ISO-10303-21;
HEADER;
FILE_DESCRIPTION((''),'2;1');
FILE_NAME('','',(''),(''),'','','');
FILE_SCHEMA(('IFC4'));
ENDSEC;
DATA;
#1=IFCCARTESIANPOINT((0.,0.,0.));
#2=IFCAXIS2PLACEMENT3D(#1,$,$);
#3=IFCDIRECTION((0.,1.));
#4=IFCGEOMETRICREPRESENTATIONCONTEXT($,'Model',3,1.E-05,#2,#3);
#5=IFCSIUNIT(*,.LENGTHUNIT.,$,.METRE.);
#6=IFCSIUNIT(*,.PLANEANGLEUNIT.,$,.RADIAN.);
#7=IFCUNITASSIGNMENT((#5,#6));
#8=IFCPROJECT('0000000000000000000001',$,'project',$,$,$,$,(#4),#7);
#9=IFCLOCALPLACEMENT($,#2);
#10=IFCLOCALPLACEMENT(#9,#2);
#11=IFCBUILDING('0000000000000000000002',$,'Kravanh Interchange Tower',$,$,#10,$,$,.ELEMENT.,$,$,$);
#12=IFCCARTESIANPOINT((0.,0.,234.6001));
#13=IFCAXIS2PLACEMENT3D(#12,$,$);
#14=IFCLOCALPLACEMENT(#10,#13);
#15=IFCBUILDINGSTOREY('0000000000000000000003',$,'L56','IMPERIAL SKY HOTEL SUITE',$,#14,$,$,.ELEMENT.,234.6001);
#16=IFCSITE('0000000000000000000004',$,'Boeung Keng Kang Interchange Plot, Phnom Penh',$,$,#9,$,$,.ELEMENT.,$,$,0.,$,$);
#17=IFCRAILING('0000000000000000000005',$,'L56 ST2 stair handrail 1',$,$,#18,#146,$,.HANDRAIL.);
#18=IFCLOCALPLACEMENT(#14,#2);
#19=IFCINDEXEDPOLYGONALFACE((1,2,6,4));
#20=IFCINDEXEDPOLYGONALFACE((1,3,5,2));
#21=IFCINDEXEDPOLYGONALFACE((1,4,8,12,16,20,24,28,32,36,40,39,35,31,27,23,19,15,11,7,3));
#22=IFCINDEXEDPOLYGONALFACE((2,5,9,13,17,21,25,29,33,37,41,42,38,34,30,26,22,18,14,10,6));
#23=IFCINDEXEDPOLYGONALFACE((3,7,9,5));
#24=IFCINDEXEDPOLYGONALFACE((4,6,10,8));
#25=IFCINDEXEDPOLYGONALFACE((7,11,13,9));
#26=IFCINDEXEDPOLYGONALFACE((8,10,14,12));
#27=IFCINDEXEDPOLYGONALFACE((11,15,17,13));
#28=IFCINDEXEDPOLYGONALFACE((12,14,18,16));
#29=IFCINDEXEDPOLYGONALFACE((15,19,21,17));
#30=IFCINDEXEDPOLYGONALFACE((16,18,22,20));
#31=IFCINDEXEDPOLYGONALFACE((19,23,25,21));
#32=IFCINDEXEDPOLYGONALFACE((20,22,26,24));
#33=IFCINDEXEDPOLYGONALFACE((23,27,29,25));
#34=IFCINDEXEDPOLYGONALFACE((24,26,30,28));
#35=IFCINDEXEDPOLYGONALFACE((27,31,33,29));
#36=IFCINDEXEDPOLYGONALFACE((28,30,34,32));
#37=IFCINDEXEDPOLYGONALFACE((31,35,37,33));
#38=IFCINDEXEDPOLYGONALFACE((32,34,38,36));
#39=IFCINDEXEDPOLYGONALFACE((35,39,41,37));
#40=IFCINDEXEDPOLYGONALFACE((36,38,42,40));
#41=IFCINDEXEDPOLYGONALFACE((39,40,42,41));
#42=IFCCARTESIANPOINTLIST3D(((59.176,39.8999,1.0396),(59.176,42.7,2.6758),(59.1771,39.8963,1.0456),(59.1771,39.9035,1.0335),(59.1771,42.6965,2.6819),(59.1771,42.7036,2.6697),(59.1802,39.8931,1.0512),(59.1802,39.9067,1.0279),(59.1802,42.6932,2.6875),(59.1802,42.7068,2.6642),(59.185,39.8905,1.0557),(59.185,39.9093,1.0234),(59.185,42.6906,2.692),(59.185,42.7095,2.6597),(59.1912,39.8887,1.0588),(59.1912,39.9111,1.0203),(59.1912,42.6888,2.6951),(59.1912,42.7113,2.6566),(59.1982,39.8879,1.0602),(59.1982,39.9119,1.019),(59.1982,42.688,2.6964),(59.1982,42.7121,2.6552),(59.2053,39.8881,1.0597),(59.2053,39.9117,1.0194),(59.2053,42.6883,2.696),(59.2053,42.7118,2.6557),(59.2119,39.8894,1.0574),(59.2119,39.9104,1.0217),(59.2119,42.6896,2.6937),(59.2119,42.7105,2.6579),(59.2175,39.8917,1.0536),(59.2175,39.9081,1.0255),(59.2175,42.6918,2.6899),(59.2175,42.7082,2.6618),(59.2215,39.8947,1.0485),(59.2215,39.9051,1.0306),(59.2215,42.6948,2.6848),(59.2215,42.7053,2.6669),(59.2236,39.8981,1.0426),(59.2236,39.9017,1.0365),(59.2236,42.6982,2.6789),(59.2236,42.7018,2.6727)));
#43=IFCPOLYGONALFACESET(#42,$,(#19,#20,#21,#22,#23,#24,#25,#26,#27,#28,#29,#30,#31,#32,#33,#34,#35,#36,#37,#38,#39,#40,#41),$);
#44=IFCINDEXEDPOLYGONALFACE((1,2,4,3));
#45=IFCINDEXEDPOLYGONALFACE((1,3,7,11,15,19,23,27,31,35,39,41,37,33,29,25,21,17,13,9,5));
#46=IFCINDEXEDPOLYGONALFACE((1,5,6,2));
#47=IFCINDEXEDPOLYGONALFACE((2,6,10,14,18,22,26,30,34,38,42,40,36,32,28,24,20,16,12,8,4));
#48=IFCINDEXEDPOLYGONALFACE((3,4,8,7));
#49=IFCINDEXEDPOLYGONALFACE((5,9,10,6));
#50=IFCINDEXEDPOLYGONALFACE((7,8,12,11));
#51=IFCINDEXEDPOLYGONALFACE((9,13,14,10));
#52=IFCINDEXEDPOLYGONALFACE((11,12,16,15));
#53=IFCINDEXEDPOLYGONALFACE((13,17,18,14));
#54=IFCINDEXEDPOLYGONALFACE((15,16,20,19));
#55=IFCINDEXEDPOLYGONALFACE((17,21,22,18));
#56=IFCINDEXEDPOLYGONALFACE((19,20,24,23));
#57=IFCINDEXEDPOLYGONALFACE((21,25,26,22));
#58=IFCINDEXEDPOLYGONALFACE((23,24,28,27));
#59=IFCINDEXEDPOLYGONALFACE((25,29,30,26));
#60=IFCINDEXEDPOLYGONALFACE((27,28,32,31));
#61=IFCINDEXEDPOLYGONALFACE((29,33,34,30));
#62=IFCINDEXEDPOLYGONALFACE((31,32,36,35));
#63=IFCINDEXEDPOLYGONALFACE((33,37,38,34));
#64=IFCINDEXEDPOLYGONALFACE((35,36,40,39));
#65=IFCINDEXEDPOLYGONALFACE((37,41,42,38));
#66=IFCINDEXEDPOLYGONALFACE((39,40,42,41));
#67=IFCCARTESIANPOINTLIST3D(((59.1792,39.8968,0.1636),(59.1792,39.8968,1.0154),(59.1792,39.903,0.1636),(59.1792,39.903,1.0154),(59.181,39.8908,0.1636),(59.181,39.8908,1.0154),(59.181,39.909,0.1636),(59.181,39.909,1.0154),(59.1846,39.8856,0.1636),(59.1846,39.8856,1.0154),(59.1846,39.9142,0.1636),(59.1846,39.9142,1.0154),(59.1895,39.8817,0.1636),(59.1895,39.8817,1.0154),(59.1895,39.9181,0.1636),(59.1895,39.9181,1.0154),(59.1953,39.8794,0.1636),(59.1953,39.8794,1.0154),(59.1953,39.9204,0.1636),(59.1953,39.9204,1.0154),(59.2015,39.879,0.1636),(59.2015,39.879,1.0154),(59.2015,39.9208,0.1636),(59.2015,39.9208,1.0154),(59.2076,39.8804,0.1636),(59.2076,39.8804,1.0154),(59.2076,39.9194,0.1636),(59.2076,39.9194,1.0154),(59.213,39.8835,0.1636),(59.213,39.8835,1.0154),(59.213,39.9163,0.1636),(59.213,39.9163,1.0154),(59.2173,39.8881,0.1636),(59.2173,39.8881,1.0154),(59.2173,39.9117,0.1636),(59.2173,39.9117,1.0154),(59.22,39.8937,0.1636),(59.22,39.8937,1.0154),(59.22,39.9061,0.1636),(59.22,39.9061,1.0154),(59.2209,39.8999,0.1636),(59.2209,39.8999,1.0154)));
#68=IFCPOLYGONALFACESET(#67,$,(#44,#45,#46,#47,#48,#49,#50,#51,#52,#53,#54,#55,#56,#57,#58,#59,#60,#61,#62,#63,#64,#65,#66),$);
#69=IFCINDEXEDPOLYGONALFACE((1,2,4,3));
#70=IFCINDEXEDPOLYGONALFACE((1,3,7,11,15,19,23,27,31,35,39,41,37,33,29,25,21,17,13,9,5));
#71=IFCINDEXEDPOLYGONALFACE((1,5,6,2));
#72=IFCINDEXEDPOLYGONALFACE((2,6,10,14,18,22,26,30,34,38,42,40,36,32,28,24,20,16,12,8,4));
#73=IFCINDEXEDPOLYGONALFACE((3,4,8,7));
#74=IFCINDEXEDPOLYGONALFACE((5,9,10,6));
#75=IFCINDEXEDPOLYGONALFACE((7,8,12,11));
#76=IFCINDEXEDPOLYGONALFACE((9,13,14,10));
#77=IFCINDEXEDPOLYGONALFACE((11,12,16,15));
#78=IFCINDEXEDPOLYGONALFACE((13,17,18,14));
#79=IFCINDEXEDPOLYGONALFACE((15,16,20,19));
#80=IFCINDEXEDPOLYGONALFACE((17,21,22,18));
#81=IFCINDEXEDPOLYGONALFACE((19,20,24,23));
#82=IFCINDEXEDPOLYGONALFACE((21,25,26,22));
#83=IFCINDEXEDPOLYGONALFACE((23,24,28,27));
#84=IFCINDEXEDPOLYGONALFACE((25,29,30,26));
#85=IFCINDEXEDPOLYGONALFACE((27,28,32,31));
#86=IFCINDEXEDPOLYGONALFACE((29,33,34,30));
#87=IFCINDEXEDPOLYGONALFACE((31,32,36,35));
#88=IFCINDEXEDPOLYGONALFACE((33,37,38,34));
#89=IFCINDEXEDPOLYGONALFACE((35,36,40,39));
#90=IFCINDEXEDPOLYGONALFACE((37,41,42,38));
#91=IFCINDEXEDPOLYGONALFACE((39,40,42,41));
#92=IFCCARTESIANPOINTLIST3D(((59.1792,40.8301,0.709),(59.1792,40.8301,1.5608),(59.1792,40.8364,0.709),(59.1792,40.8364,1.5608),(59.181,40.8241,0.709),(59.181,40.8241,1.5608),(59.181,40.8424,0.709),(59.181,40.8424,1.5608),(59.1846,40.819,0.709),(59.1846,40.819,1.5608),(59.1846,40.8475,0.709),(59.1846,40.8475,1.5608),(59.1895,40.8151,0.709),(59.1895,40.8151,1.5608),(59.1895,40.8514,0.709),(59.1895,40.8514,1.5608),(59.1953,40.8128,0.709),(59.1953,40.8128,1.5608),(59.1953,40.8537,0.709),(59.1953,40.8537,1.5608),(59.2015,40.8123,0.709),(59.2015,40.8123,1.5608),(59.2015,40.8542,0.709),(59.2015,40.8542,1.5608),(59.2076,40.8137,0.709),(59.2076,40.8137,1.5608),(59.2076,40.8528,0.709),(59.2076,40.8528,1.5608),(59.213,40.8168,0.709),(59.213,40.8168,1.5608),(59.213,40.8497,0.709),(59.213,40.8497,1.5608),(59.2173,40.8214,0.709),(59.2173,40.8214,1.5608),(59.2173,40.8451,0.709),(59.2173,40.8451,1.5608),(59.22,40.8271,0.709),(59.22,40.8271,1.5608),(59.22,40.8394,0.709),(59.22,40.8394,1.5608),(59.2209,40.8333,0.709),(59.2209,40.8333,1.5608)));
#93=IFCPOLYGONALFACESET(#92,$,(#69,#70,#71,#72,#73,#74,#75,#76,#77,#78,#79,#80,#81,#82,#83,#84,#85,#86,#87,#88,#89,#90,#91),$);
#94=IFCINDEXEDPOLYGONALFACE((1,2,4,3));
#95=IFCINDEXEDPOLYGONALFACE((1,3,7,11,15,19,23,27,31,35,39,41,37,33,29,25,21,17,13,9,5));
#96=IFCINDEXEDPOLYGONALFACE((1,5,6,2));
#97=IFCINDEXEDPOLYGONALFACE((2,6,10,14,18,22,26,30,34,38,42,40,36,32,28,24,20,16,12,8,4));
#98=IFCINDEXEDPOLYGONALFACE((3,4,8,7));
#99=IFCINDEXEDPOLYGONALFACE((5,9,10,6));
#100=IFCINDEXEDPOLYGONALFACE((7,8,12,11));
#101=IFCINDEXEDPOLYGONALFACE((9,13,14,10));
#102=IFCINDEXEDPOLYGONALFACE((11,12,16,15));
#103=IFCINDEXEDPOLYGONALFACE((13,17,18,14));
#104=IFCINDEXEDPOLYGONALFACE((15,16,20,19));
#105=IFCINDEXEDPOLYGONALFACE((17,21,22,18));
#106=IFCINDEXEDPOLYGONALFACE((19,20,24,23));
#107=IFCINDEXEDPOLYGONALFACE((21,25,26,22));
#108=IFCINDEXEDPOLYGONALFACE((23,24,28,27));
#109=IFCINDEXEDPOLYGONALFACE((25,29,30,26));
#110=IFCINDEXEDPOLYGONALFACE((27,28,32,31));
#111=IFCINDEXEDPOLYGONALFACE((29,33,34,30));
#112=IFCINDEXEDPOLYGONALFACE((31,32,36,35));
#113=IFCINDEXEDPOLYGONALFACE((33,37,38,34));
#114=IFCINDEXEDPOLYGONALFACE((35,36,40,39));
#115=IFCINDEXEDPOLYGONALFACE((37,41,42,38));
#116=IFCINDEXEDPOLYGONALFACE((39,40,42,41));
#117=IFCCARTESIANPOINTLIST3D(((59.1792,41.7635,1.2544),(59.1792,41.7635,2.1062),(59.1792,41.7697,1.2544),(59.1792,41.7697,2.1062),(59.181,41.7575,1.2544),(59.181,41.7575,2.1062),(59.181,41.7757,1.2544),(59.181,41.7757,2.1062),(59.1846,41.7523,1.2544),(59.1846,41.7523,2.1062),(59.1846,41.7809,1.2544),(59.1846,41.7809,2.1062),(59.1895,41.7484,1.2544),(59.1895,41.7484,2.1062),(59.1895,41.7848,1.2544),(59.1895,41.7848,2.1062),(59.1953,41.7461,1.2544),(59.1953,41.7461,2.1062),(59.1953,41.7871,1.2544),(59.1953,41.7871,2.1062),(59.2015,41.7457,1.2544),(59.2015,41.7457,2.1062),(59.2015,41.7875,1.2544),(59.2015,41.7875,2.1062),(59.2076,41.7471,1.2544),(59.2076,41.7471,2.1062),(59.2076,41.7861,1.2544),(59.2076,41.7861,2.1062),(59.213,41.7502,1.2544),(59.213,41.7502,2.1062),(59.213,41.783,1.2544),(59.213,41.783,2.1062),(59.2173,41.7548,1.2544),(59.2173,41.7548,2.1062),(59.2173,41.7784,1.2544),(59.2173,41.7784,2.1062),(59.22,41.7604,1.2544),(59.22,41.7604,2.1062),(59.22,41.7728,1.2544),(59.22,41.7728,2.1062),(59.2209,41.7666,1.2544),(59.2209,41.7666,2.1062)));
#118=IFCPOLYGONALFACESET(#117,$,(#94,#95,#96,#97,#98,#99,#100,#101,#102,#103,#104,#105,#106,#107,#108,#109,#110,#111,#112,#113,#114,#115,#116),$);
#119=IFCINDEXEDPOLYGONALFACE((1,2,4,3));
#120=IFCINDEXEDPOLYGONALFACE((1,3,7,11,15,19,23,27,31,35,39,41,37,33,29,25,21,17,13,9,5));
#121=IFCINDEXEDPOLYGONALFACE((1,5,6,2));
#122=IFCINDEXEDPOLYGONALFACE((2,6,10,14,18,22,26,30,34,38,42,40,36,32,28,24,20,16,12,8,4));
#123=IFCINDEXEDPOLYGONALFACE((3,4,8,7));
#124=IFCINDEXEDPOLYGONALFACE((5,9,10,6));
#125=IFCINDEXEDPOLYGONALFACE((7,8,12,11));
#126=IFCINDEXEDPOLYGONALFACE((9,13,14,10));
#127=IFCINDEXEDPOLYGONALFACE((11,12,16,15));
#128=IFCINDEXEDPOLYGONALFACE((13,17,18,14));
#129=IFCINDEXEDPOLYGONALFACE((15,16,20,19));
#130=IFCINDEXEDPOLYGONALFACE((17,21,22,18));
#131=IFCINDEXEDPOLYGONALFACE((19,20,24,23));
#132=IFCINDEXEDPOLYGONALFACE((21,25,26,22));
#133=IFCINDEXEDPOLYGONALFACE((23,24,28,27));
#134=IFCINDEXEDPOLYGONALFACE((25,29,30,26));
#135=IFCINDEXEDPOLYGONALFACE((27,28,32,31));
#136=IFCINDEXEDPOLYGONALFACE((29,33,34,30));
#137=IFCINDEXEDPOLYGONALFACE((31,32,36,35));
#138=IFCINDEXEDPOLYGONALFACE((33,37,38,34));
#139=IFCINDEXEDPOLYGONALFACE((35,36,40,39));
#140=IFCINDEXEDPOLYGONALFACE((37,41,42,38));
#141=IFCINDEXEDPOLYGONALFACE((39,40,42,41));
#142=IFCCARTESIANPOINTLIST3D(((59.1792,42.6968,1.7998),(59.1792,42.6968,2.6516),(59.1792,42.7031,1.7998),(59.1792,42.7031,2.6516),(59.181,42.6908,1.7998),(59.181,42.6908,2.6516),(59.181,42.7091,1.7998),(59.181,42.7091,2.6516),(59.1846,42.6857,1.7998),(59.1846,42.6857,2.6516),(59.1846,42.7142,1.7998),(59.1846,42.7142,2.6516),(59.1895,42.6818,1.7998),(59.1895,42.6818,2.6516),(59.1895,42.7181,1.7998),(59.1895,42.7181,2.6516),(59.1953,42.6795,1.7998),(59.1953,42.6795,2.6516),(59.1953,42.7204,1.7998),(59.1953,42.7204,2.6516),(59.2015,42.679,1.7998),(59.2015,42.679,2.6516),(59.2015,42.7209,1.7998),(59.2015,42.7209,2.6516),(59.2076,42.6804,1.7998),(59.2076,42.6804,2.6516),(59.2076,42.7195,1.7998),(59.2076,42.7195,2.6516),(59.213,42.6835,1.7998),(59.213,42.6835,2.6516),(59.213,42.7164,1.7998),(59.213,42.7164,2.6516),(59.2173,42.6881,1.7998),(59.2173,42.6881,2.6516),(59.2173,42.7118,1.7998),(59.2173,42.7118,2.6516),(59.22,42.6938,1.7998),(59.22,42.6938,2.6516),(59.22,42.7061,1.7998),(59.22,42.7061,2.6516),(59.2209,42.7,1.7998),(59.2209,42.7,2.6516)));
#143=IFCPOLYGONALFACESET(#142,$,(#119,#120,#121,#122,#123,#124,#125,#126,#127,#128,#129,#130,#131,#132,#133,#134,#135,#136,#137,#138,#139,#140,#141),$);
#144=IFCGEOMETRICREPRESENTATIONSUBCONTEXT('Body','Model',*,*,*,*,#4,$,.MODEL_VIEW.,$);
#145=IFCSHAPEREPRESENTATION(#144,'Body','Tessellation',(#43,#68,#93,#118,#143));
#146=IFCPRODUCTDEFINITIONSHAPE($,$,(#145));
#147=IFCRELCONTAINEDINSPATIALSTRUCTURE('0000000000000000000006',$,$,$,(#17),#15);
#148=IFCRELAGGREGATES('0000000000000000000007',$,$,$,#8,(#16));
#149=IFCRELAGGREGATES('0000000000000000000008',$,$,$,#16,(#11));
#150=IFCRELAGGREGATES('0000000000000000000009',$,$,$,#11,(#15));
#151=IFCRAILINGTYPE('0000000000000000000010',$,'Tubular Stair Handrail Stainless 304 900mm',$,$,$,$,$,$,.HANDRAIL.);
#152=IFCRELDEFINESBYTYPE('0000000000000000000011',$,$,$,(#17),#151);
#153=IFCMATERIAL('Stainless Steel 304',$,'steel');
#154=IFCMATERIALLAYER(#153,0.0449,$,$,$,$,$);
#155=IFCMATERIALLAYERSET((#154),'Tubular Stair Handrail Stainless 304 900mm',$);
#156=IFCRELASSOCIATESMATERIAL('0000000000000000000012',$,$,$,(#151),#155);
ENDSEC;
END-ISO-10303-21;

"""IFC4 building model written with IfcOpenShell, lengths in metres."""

from ifc_helpers import new_model, si_unit, direction, frame, origin, origin_2d, place, context, subcontext, project, spatial, circle, extrude, material, layer, layer_set, type_object, element, save


model = new_model("IFC4")

# Units and contexts
model_context = context("Model", 3, precision=1e-05, world=origin(), true_north=direction((0.0, 1.0)))
body_context = subcontext(model_context, "Body", "Model", "MODEL_VIEW")
ifc_project = project(units=[si_unit("LENGTHUNIT", "METRE"), si_unit("PLANEANGLEUNIT", "RADIAN")], contexts=[model_context])

# Site, building, storey
site_placement = place(None, origin())
site = spatial("IfcSite", under=ifc_project, at=site_placement, Name="Boeung Keng Kang Interchange Plot, Phnom Penh", CompositionType="ELEMENT", RefElevation=0.0)
building_placement = place(site_placement, origin())
building = spatial("IfcBuilding", under=site, at=building_placement, Name="Kravanh Interchange Tower", CompositionType="ELEMENT")
storey_placement = place(building_placement, frame((0.0, 0.0, 234.6001)))
storey = spatial("IfcBuildingStorey", under=building, at=storey_placement, Name="L56", Description="IMPERIAL SKY HOTEL SUITE", CompositionType="ELEMENT", Elevation=234.6001)

# Railing
ifc_material_1 = material(Name="Stainless Steel 304", Category="steel")
ifc_layer_1 = layer(ifc_material_1, 0.0449)
ifc_layer_set_1 = layer_set([ifc_layer_1], Name="Tubular Stair Handrail Stainless 304 900mm")
railing_type_1 = type_object("IfcRailingType", Name="Tubular Stair Handrail Stainless 304 900mm", PredefinedType="HANDRAIL", material=ifc_layer_set_1)
railing_1_placement = place(storey_placement, frame((59.2, 39.8999, 0.1636)))
element("IfcRailing", 1, at=railing_1_placement, inside=storey, type_object=railing_type_1, Name="L56 ST2 stair handrail 1", PredefinedType="HANDRAIL", context=body_context, shape_type="SweptSolid", body=[
    extrude(circle(Radius=0.0239, at=origin_2d()), frame((0.0, 0.0, 0.876), z_axis=(0.0, 0.863394, 0.504531), x_axis=(-1.0, 0.0, 0.0)), (0.0, 0.0, 1.0), 3.2432),
    extrude(circle(Radius=0.021, at=origin_2d()), origin(), (0.0, 0.0, 1.0), 0.8518),
    extrude(circle(Radius=0.021, at=origin_2d()), frame((0.0, 0.9333, 0.5454)), (0.0, 0.0, 1.0), 0.8518),
    extrude(circle(Radius=0.021, at=origin_2d()), frame((0.0, 1.8667, 1.0908)), (0.0, 0.0, 1.0), 0.8518),
    extrude(circle(Radius=0.021, at=origin_2d()), frame((0.0, 2.8, 1.6362)), (0.0, 0.0, 1.0), 0.8518),
])

save(model, "model.ifc")
